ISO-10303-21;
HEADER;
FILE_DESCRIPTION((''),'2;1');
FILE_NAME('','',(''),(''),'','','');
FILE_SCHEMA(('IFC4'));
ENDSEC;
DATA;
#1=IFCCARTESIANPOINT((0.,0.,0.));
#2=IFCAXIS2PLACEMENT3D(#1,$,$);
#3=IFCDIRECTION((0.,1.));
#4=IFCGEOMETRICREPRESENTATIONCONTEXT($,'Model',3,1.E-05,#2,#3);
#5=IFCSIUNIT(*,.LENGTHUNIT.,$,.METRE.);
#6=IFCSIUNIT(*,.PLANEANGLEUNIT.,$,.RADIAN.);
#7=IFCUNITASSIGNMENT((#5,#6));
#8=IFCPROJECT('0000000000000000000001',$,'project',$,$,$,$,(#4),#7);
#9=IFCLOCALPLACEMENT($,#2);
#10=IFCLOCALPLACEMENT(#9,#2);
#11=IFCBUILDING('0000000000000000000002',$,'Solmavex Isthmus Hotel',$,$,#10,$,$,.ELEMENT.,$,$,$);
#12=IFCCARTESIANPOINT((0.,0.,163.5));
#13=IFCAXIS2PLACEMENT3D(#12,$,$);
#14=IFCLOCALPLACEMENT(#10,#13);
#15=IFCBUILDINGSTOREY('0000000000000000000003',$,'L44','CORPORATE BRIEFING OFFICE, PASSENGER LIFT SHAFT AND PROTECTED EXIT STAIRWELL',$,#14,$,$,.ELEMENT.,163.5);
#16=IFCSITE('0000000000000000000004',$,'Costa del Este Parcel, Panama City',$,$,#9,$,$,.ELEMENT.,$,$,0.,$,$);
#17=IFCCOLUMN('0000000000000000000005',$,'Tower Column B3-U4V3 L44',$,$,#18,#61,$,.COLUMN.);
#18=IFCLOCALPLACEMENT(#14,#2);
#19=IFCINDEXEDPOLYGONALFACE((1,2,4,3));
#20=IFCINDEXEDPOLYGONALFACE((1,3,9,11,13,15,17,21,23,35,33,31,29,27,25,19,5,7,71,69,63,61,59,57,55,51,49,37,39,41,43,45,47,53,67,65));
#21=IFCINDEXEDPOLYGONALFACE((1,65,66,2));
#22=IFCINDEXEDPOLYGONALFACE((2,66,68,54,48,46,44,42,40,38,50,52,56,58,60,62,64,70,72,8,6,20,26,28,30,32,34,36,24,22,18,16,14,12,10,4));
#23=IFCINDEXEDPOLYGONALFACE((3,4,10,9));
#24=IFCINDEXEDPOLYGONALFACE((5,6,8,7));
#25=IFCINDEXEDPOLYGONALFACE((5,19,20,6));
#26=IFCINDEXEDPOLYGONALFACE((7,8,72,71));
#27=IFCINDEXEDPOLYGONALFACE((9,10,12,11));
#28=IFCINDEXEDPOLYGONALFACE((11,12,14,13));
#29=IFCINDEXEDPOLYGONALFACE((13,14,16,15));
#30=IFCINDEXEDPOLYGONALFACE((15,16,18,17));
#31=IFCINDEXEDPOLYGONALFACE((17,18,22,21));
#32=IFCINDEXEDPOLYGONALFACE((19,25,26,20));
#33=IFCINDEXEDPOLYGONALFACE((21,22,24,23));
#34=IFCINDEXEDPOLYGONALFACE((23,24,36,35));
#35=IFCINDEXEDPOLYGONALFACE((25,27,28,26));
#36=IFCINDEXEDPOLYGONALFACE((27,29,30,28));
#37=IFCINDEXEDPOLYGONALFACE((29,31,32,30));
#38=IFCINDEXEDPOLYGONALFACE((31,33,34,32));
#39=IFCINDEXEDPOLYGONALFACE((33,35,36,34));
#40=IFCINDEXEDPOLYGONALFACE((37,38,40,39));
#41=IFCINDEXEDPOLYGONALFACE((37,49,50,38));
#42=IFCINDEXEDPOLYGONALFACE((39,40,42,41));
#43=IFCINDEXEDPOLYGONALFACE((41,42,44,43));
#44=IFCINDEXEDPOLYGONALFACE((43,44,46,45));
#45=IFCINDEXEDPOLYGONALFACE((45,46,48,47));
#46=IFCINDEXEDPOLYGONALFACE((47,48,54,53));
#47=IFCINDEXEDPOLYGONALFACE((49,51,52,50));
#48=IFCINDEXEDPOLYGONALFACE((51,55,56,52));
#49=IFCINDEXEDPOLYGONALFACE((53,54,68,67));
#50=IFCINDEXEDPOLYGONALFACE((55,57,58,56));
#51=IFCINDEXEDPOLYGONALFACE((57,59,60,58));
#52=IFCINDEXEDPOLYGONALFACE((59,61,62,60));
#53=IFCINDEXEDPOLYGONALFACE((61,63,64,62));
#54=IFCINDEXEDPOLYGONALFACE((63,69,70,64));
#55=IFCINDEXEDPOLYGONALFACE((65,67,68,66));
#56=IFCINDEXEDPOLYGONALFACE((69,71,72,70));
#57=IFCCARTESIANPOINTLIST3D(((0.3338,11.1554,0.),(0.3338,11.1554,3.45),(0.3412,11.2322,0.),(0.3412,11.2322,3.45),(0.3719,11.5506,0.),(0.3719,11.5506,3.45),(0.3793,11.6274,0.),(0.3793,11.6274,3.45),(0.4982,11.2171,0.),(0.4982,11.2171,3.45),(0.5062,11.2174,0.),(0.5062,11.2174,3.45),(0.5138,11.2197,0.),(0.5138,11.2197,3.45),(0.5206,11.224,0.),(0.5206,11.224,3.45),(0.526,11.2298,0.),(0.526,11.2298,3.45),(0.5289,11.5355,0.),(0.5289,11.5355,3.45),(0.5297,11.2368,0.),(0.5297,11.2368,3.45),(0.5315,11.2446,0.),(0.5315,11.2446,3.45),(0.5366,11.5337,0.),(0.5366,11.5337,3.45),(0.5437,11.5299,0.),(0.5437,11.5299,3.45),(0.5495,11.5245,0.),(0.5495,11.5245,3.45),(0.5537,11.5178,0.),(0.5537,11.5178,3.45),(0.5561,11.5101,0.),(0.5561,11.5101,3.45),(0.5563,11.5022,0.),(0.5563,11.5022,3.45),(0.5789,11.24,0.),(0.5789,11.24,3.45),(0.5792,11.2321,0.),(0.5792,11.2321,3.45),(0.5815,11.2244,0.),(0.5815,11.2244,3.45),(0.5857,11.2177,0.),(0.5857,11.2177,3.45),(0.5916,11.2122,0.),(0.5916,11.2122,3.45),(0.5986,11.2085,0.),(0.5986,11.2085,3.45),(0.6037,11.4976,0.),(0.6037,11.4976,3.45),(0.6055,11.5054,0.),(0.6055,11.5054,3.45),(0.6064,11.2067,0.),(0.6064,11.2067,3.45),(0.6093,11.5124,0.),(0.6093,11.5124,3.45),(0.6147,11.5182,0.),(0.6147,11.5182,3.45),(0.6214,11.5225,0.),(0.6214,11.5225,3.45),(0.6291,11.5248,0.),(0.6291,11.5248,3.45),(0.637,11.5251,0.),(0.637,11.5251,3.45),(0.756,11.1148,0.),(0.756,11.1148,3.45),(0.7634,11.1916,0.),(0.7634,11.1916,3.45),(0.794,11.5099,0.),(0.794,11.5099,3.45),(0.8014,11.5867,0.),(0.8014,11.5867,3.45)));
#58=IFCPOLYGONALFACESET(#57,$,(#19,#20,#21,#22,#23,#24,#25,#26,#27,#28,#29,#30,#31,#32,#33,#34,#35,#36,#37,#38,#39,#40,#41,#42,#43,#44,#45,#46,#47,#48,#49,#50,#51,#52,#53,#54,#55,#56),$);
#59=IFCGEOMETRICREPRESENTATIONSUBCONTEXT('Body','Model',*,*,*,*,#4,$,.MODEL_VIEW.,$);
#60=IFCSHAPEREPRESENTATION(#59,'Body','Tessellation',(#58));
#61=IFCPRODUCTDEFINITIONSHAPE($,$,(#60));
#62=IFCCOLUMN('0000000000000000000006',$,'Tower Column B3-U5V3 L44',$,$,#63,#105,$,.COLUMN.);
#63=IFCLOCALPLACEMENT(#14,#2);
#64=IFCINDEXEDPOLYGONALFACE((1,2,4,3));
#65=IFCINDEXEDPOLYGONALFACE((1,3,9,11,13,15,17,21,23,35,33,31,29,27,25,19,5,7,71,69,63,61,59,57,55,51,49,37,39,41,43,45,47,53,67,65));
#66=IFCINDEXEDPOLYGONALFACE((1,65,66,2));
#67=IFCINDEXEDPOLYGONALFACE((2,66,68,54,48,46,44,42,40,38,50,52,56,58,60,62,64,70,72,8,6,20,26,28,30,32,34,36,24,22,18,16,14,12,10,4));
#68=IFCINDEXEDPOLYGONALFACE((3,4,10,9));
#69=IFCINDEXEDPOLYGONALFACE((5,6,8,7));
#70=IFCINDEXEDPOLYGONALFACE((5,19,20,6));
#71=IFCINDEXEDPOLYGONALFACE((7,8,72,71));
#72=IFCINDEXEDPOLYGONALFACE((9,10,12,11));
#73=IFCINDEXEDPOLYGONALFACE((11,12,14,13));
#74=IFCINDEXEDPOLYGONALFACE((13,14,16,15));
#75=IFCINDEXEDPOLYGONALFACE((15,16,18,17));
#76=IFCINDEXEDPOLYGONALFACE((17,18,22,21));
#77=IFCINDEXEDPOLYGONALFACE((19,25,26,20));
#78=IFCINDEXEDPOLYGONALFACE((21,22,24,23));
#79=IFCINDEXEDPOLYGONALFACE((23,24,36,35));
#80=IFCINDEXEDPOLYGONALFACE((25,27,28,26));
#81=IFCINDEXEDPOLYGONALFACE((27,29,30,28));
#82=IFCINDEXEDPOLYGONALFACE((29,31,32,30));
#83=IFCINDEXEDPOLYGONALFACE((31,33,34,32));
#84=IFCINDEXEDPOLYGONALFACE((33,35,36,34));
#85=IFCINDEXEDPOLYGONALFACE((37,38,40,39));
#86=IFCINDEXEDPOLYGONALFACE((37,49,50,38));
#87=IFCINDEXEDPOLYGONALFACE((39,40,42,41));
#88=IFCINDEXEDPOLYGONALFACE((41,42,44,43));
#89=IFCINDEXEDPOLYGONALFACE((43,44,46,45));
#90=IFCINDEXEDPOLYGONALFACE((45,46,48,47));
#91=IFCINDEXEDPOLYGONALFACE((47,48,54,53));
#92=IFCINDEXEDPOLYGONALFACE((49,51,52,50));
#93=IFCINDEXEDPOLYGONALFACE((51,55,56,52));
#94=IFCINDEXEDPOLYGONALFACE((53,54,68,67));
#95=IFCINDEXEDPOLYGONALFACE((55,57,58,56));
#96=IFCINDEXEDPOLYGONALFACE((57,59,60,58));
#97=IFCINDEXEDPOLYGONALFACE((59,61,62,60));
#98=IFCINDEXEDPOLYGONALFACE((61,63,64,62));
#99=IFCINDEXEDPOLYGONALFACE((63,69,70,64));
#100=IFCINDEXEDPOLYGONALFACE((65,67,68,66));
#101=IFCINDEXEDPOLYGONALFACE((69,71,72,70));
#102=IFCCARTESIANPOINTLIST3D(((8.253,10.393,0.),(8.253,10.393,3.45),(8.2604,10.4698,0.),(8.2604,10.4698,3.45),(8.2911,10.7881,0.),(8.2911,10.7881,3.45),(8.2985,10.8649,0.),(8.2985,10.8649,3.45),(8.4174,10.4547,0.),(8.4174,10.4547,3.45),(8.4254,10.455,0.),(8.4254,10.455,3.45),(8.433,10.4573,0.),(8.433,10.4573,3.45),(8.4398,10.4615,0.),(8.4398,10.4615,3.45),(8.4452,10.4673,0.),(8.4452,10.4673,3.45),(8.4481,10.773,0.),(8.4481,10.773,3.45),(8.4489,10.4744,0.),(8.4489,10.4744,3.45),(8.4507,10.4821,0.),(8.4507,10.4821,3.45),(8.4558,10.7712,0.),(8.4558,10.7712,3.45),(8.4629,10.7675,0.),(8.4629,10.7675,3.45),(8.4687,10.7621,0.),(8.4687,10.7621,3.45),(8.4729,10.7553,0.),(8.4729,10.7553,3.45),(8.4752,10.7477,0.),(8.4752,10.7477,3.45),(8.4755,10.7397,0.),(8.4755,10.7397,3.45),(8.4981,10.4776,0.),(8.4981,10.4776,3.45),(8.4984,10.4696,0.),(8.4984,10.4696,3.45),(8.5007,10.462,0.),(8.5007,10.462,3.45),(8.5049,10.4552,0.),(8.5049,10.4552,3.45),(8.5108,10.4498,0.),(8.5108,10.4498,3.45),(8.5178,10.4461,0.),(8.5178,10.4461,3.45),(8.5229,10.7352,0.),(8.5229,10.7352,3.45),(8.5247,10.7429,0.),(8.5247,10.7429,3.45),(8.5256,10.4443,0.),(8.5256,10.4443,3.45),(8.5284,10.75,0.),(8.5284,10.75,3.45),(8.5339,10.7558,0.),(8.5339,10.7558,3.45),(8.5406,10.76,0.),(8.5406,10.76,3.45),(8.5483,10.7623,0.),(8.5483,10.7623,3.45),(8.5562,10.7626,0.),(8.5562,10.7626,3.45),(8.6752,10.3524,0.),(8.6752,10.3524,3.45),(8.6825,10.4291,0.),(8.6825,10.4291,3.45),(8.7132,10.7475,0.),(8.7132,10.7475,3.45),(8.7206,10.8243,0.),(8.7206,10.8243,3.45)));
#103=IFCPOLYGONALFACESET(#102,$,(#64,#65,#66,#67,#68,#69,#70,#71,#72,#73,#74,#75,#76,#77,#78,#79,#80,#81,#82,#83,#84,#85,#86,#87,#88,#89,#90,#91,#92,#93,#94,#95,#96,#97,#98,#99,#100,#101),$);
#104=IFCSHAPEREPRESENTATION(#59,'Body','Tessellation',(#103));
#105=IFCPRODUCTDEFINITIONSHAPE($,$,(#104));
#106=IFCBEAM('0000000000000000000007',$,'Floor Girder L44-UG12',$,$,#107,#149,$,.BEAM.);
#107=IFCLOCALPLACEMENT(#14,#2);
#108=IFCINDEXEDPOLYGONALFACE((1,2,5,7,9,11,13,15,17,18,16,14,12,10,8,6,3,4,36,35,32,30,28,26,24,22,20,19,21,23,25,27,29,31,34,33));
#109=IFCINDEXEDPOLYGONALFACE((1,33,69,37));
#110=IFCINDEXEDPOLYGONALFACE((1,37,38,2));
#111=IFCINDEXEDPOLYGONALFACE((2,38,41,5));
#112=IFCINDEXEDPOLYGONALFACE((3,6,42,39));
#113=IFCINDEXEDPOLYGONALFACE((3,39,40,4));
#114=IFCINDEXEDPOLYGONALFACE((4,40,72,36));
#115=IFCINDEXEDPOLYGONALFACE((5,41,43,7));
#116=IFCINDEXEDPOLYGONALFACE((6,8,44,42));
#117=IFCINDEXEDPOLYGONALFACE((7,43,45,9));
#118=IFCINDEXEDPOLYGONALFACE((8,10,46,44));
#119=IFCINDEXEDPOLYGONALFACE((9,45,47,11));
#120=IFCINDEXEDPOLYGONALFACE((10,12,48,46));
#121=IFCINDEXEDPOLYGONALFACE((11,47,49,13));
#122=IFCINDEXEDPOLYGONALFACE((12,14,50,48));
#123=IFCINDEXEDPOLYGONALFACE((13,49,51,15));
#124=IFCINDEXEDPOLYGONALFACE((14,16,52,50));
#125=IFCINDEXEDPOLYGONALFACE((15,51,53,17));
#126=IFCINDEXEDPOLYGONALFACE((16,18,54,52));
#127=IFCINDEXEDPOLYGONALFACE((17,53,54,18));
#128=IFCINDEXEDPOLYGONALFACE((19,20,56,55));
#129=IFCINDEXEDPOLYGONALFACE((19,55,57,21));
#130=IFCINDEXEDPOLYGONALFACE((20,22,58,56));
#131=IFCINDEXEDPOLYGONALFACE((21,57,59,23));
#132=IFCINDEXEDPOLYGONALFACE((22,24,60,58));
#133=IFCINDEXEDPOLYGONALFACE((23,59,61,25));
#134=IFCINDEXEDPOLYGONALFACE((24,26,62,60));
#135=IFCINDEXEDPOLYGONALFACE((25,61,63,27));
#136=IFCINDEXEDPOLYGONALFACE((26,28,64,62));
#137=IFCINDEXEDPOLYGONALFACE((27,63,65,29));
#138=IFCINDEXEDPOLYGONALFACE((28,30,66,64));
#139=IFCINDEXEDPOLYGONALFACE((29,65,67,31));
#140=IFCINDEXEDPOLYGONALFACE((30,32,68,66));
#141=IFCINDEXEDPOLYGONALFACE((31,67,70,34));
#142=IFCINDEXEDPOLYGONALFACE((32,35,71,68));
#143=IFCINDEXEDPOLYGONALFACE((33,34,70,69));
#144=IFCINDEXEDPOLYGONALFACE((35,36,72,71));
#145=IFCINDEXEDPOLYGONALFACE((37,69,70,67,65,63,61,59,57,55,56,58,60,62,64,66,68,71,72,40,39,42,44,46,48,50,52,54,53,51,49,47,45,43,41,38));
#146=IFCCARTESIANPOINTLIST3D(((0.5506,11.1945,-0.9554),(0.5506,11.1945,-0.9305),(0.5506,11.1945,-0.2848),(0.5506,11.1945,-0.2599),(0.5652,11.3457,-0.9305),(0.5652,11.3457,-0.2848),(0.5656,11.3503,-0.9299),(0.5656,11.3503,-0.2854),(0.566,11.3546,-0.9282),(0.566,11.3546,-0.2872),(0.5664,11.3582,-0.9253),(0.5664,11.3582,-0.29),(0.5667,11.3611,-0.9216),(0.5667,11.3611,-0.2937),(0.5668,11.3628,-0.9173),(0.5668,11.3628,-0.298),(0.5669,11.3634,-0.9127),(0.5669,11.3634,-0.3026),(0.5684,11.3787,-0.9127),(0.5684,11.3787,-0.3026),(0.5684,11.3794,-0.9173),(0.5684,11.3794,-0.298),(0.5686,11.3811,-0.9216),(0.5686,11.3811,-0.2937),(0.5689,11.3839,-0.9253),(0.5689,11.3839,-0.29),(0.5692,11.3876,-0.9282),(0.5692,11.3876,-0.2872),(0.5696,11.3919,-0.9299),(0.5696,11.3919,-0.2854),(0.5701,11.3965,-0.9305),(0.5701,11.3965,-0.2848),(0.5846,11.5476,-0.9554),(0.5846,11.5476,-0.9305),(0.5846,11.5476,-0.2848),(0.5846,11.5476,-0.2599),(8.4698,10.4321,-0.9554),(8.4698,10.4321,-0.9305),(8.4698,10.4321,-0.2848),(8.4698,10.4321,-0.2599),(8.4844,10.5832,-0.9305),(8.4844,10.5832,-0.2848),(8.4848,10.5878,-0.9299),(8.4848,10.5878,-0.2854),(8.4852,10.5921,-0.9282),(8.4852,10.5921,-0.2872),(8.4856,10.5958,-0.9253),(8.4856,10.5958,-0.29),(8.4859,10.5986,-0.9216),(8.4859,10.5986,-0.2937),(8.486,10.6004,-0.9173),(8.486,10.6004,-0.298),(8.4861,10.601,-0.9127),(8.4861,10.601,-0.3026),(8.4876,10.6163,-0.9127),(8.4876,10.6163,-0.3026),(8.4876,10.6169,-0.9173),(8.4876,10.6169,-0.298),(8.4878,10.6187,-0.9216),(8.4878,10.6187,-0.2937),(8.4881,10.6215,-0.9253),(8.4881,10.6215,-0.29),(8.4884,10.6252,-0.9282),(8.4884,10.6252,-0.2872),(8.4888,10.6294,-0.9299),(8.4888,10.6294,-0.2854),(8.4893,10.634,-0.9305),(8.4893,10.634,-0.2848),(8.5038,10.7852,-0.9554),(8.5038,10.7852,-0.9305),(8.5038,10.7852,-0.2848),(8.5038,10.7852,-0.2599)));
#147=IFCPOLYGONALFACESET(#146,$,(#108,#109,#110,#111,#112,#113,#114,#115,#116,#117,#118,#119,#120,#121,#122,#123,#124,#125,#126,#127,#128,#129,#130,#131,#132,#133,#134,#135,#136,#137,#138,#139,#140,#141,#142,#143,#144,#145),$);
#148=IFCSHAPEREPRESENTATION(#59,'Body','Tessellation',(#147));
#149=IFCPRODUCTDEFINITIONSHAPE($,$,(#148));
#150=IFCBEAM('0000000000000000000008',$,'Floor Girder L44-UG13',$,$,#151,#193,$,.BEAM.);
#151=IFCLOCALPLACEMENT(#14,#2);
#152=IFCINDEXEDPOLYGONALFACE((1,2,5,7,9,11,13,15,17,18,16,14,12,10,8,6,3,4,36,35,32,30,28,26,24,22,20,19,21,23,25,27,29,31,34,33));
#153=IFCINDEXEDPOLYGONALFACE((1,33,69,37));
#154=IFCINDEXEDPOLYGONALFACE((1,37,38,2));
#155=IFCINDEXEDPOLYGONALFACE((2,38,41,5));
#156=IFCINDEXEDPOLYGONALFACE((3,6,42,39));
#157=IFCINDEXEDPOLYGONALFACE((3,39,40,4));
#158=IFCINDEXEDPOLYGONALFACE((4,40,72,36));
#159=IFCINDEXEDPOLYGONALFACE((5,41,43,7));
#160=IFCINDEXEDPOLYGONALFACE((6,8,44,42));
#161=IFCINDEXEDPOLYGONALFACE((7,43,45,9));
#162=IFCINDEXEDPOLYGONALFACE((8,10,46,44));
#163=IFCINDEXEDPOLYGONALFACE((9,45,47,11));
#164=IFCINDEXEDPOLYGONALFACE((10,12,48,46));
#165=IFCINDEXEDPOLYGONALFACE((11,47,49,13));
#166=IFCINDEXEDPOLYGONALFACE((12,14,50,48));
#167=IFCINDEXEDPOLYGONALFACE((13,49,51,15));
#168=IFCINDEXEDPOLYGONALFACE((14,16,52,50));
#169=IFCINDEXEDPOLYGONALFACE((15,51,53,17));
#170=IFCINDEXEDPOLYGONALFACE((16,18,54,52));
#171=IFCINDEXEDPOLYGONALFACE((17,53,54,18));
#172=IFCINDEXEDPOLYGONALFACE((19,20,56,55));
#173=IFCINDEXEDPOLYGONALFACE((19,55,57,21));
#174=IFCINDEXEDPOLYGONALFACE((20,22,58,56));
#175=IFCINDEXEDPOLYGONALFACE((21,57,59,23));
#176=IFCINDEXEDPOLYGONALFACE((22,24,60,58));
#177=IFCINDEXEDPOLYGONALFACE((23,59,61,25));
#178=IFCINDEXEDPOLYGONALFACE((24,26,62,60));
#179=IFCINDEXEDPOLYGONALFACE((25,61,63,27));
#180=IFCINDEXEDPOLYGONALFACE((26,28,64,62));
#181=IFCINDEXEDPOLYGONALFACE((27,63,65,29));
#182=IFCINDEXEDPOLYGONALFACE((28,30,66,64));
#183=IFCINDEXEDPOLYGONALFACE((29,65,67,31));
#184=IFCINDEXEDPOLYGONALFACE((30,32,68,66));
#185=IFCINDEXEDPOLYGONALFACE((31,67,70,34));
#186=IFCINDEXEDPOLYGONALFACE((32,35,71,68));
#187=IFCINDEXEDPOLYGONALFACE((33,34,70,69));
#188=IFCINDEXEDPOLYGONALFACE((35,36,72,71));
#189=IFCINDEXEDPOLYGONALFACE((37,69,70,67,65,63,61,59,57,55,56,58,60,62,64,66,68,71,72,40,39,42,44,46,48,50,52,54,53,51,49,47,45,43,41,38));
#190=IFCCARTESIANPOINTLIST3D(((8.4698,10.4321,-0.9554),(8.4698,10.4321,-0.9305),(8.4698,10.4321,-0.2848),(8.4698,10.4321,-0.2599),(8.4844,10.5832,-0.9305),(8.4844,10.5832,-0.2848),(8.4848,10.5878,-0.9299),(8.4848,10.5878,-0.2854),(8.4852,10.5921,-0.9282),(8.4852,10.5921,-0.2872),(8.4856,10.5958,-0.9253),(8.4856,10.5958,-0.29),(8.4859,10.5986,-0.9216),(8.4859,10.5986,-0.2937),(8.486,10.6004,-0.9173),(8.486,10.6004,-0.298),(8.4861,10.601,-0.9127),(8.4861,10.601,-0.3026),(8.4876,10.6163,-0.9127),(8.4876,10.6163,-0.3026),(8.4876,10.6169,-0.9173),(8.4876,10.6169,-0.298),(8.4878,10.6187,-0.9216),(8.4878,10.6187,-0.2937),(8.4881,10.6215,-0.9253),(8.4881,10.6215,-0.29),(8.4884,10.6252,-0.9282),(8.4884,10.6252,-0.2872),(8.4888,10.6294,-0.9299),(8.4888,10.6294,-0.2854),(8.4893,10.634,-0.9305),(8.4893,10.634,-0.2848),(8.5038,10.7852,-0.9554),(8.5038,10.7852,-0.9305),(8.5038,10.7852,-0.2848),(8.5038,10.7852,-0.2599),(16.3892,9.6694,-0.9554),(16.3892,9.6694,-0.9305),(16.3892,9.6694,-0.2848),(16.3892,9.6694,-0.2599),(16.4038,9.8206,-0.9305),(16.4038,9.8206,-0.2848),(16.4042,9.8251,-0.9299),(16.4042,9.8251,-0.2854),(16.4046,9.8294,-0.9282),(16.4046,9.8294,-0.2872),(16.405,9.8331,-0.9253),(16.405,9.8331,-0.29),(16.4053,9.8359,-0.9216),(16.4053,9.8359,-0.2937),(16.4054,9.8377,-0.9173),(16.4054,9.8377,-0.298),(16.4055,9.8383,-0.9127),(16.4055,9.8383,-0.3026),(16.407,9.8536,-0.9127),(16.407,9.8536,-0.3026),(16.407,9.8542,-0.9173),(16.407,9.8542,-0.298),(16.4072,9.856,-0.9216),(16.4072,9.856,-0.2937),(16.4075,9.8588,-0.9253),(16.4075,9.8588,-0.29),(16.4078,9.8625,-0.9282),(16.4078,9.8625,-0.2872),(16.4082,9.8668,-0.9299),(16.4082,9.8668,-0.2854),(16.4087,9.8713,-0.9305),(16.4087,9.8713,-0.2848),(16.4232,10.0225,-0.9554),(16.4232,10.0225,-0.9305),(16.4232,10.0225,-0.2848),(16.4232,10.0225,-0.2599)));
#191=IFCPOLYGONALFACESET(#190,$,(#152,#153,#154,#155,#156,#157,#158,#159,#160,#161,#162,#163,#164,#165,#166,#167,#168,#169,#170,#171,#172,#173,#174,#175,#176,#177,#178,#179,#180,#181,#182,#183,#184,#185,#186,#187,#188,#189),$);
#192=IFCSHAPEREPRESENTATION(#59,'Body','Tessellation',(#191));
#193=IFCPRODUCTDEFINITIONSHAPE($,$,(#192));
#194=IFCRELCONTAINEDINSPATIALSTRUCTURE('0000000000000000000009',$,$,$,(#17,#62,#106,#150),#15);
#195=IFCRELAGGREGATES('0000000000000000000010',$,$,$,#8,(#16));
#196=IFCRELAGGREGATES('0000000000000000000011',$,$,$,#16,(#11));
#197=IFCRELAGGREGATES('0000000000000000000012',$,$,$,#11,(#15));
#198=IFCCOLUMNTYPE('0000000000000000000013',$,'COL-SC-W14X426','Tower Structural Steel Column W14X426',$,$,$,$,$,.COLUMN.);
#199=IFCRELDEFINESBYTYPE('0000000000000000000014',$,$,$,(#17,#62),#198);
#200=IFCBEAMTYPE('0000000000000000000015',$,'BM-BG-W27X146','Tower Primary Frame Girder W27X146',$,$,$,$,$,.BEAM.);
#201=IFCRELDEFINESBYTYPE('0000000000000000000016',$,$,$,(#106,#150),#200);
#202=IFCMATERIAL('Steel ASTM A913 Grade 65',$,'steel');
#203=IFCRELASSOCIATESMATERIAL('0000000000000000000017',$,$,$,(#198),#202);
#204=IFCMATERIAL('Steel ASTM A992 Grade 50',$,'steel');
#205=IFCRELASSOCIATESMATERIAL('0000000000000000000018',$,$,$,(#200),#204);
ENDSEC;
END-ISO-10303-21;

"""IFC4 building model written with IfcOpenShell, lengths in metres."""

from ifc_helpers import new_model, si_unit, direction, frame, origin, origin_2d, place, context, subcontext, project, spatial, i_section, extrude, material, material_profile, profile_set, type_object, element, save


model = new_model("IFC4")

# Units and contexts
model_context = context("Model", 3, precision=1e-05, world=origin(), true_north=direction((0.0, 1.0)))
body_context = subcontext(model_context, "Body", "Model", "MODEL_VIEW")
ifc_project = project(units=[si_unit("LENGTHUNIT", "METRE"), si_unit("PLANEANGLEUNIT", "RADIAN")], contexts=[model_context])

# Site, building, storey
site_placement = place(None, origin())
site = spatial("IfcSite", under=ifc_project, at=site_placement, Name="Costa del Este Parcel, Panama City", CompositionType="ELEMENT", RefElevation=0.0)
building_placement = place(site_placement, origin())
building = spatial("IfcBuilding", under=site, at=building_placement, Name="Solmavex Isthmus Hotel", CompositionType="ELEMENT")
storey_placement = place(building_placement, frame((0.0, 0.0, 163.5)))
storey = spatial("IfcBuildingStorey", under=building, at=storey_placement, Name="L44", Description="CORPORATE BRIEFING OFFICE, PASSENGER LIFT SHAFT AND PROTECTED EXIT STAIRWELL", CompositionType="ELEMENT", Elevation=163.5)

# Columns
ifc_material_1 = material(Name="Steel ASTM A913 Grade 65", Category="steel")
ifc_material_profile_1 = material_profile(ifc_material_1, i_section(OverallWidth=0.4241, OverallDepth=0.4741, WebThickness=0.0476, FlangeThickness=0.0771, FilletRadius=0.0305, at=origin_2d()), Name="W14X426")
ifc_profile_set_1 = profile_set([ifc_material_profile_1], Name="Steel ASTM A913 Grade 65")
column_type = type_object("IfcColumnType", Name="COL-SC-W14X426", Description="Tower Structural Steel Column W14X426", PredefinedType="COLUMN", material=ifc_profile_set_1)
for number, where, z_axis, x_axis, name in (
    (1, (0.5676, 11.3711, 0.0), (0.0, 0.0, 1.0), (0.995396, -0.095846, 0.0), "Tower Column B3-U4V3 L44"),
    (2, (8.4868, 10.6086, 0.0), (0.0, 0.0, 1.0), (0.995396, -0.095846, 0.0), "Tower Column B3-U5V3 L44"),
):
    element("IfcColumn", number, at=place(storey_placement, frame(where, z_axis=z_axis, x_axis=x_axis)), inside=storey, type_object=column_type, Name=name, PredefinedType="COLUMN", context=body_context, shape_type="SweptSolid", body=[
        extrude(i_section(OverallWidth=0.4241, OverallDepth=0.4741, WebThickness=0.0476, FlangeThickness=0.0771, FilletRadius=0.0305, at=origin_2d()), origin(), (0.0, 0.0, 1.0), 3.45),
    ])

# Beams
ifc_material_2 = material(Name="Steel ASTM A992 Grade 50", Category="steel")
ifc_material_profile_2 = material_profile(ifc_material_2, i_section(OverallWidth=0.3547, OverallDepth=0.6956, WebThickness=0.0154, FlangeThickness=0.0249, FilletRadius=0.0178, at=origin_2d()), Name="W27X146")
ifc_profile_set_2 = profile_set([ifc_material_profile_2], Name="Steel ASTM A992 Grade 50")
beam_type_1 = type_object("IfcBeamType", Name="BM-BG-W27X146", Description="Tower Primary Frame Girder W27X146", PredefinedType="BEAM", material=ifc_profile_set_2)
beam_1_placement = place(storey_placement, frame((0.5676, 11.3711, -0.6077), z_axis=(0.995397, -0.095836, 0.0), x_axis=(0.095836, 0.995397, 0.0)))
element("IfcBeam", 3, at=beam_1_placement, inside=storey, type_object=beam_type_1, Name="Floor Girder L44-UG12", PredefinedType="BEAM", context=body_context, shape_type="SweptSolid", body=[
    extrude(i_section(OverallWidth=0.3547, OverallDepth=0.6956, WebThickness=0.0154, FlangeThickness=0.0249, FilletRadius=0.0178, at=origin_2d()), origin(), (0.0, 0.0, 1.0), 7.9558),
])
beam_2_placement = place(storey_placement, frame((8.4868, 10.6086, -0.6077), z_axis=(0.995395, -0.095863, 0.0), x_axis=(0.095863, 0.995395, 0.0)))
element("IfcBeam", 4, at=beam_2_placement, inside=storey, type_object=beam_type_1, Name="Floor Girder L44-UG13", PredefinedType="BEAM", context=body_context, shape_type="SweptSolid", body=[
    extrude(i_section(OverallWidth=0.3547, OverallDepth=0.6956, WebThickness=0.0154, FlangeThickness=0.0249, FilletRadius=0.0178, at=origin_2d()), origin(), (0.0, 0.0, 1.0), 7.9561),
])

save(model, "model.ifc")
